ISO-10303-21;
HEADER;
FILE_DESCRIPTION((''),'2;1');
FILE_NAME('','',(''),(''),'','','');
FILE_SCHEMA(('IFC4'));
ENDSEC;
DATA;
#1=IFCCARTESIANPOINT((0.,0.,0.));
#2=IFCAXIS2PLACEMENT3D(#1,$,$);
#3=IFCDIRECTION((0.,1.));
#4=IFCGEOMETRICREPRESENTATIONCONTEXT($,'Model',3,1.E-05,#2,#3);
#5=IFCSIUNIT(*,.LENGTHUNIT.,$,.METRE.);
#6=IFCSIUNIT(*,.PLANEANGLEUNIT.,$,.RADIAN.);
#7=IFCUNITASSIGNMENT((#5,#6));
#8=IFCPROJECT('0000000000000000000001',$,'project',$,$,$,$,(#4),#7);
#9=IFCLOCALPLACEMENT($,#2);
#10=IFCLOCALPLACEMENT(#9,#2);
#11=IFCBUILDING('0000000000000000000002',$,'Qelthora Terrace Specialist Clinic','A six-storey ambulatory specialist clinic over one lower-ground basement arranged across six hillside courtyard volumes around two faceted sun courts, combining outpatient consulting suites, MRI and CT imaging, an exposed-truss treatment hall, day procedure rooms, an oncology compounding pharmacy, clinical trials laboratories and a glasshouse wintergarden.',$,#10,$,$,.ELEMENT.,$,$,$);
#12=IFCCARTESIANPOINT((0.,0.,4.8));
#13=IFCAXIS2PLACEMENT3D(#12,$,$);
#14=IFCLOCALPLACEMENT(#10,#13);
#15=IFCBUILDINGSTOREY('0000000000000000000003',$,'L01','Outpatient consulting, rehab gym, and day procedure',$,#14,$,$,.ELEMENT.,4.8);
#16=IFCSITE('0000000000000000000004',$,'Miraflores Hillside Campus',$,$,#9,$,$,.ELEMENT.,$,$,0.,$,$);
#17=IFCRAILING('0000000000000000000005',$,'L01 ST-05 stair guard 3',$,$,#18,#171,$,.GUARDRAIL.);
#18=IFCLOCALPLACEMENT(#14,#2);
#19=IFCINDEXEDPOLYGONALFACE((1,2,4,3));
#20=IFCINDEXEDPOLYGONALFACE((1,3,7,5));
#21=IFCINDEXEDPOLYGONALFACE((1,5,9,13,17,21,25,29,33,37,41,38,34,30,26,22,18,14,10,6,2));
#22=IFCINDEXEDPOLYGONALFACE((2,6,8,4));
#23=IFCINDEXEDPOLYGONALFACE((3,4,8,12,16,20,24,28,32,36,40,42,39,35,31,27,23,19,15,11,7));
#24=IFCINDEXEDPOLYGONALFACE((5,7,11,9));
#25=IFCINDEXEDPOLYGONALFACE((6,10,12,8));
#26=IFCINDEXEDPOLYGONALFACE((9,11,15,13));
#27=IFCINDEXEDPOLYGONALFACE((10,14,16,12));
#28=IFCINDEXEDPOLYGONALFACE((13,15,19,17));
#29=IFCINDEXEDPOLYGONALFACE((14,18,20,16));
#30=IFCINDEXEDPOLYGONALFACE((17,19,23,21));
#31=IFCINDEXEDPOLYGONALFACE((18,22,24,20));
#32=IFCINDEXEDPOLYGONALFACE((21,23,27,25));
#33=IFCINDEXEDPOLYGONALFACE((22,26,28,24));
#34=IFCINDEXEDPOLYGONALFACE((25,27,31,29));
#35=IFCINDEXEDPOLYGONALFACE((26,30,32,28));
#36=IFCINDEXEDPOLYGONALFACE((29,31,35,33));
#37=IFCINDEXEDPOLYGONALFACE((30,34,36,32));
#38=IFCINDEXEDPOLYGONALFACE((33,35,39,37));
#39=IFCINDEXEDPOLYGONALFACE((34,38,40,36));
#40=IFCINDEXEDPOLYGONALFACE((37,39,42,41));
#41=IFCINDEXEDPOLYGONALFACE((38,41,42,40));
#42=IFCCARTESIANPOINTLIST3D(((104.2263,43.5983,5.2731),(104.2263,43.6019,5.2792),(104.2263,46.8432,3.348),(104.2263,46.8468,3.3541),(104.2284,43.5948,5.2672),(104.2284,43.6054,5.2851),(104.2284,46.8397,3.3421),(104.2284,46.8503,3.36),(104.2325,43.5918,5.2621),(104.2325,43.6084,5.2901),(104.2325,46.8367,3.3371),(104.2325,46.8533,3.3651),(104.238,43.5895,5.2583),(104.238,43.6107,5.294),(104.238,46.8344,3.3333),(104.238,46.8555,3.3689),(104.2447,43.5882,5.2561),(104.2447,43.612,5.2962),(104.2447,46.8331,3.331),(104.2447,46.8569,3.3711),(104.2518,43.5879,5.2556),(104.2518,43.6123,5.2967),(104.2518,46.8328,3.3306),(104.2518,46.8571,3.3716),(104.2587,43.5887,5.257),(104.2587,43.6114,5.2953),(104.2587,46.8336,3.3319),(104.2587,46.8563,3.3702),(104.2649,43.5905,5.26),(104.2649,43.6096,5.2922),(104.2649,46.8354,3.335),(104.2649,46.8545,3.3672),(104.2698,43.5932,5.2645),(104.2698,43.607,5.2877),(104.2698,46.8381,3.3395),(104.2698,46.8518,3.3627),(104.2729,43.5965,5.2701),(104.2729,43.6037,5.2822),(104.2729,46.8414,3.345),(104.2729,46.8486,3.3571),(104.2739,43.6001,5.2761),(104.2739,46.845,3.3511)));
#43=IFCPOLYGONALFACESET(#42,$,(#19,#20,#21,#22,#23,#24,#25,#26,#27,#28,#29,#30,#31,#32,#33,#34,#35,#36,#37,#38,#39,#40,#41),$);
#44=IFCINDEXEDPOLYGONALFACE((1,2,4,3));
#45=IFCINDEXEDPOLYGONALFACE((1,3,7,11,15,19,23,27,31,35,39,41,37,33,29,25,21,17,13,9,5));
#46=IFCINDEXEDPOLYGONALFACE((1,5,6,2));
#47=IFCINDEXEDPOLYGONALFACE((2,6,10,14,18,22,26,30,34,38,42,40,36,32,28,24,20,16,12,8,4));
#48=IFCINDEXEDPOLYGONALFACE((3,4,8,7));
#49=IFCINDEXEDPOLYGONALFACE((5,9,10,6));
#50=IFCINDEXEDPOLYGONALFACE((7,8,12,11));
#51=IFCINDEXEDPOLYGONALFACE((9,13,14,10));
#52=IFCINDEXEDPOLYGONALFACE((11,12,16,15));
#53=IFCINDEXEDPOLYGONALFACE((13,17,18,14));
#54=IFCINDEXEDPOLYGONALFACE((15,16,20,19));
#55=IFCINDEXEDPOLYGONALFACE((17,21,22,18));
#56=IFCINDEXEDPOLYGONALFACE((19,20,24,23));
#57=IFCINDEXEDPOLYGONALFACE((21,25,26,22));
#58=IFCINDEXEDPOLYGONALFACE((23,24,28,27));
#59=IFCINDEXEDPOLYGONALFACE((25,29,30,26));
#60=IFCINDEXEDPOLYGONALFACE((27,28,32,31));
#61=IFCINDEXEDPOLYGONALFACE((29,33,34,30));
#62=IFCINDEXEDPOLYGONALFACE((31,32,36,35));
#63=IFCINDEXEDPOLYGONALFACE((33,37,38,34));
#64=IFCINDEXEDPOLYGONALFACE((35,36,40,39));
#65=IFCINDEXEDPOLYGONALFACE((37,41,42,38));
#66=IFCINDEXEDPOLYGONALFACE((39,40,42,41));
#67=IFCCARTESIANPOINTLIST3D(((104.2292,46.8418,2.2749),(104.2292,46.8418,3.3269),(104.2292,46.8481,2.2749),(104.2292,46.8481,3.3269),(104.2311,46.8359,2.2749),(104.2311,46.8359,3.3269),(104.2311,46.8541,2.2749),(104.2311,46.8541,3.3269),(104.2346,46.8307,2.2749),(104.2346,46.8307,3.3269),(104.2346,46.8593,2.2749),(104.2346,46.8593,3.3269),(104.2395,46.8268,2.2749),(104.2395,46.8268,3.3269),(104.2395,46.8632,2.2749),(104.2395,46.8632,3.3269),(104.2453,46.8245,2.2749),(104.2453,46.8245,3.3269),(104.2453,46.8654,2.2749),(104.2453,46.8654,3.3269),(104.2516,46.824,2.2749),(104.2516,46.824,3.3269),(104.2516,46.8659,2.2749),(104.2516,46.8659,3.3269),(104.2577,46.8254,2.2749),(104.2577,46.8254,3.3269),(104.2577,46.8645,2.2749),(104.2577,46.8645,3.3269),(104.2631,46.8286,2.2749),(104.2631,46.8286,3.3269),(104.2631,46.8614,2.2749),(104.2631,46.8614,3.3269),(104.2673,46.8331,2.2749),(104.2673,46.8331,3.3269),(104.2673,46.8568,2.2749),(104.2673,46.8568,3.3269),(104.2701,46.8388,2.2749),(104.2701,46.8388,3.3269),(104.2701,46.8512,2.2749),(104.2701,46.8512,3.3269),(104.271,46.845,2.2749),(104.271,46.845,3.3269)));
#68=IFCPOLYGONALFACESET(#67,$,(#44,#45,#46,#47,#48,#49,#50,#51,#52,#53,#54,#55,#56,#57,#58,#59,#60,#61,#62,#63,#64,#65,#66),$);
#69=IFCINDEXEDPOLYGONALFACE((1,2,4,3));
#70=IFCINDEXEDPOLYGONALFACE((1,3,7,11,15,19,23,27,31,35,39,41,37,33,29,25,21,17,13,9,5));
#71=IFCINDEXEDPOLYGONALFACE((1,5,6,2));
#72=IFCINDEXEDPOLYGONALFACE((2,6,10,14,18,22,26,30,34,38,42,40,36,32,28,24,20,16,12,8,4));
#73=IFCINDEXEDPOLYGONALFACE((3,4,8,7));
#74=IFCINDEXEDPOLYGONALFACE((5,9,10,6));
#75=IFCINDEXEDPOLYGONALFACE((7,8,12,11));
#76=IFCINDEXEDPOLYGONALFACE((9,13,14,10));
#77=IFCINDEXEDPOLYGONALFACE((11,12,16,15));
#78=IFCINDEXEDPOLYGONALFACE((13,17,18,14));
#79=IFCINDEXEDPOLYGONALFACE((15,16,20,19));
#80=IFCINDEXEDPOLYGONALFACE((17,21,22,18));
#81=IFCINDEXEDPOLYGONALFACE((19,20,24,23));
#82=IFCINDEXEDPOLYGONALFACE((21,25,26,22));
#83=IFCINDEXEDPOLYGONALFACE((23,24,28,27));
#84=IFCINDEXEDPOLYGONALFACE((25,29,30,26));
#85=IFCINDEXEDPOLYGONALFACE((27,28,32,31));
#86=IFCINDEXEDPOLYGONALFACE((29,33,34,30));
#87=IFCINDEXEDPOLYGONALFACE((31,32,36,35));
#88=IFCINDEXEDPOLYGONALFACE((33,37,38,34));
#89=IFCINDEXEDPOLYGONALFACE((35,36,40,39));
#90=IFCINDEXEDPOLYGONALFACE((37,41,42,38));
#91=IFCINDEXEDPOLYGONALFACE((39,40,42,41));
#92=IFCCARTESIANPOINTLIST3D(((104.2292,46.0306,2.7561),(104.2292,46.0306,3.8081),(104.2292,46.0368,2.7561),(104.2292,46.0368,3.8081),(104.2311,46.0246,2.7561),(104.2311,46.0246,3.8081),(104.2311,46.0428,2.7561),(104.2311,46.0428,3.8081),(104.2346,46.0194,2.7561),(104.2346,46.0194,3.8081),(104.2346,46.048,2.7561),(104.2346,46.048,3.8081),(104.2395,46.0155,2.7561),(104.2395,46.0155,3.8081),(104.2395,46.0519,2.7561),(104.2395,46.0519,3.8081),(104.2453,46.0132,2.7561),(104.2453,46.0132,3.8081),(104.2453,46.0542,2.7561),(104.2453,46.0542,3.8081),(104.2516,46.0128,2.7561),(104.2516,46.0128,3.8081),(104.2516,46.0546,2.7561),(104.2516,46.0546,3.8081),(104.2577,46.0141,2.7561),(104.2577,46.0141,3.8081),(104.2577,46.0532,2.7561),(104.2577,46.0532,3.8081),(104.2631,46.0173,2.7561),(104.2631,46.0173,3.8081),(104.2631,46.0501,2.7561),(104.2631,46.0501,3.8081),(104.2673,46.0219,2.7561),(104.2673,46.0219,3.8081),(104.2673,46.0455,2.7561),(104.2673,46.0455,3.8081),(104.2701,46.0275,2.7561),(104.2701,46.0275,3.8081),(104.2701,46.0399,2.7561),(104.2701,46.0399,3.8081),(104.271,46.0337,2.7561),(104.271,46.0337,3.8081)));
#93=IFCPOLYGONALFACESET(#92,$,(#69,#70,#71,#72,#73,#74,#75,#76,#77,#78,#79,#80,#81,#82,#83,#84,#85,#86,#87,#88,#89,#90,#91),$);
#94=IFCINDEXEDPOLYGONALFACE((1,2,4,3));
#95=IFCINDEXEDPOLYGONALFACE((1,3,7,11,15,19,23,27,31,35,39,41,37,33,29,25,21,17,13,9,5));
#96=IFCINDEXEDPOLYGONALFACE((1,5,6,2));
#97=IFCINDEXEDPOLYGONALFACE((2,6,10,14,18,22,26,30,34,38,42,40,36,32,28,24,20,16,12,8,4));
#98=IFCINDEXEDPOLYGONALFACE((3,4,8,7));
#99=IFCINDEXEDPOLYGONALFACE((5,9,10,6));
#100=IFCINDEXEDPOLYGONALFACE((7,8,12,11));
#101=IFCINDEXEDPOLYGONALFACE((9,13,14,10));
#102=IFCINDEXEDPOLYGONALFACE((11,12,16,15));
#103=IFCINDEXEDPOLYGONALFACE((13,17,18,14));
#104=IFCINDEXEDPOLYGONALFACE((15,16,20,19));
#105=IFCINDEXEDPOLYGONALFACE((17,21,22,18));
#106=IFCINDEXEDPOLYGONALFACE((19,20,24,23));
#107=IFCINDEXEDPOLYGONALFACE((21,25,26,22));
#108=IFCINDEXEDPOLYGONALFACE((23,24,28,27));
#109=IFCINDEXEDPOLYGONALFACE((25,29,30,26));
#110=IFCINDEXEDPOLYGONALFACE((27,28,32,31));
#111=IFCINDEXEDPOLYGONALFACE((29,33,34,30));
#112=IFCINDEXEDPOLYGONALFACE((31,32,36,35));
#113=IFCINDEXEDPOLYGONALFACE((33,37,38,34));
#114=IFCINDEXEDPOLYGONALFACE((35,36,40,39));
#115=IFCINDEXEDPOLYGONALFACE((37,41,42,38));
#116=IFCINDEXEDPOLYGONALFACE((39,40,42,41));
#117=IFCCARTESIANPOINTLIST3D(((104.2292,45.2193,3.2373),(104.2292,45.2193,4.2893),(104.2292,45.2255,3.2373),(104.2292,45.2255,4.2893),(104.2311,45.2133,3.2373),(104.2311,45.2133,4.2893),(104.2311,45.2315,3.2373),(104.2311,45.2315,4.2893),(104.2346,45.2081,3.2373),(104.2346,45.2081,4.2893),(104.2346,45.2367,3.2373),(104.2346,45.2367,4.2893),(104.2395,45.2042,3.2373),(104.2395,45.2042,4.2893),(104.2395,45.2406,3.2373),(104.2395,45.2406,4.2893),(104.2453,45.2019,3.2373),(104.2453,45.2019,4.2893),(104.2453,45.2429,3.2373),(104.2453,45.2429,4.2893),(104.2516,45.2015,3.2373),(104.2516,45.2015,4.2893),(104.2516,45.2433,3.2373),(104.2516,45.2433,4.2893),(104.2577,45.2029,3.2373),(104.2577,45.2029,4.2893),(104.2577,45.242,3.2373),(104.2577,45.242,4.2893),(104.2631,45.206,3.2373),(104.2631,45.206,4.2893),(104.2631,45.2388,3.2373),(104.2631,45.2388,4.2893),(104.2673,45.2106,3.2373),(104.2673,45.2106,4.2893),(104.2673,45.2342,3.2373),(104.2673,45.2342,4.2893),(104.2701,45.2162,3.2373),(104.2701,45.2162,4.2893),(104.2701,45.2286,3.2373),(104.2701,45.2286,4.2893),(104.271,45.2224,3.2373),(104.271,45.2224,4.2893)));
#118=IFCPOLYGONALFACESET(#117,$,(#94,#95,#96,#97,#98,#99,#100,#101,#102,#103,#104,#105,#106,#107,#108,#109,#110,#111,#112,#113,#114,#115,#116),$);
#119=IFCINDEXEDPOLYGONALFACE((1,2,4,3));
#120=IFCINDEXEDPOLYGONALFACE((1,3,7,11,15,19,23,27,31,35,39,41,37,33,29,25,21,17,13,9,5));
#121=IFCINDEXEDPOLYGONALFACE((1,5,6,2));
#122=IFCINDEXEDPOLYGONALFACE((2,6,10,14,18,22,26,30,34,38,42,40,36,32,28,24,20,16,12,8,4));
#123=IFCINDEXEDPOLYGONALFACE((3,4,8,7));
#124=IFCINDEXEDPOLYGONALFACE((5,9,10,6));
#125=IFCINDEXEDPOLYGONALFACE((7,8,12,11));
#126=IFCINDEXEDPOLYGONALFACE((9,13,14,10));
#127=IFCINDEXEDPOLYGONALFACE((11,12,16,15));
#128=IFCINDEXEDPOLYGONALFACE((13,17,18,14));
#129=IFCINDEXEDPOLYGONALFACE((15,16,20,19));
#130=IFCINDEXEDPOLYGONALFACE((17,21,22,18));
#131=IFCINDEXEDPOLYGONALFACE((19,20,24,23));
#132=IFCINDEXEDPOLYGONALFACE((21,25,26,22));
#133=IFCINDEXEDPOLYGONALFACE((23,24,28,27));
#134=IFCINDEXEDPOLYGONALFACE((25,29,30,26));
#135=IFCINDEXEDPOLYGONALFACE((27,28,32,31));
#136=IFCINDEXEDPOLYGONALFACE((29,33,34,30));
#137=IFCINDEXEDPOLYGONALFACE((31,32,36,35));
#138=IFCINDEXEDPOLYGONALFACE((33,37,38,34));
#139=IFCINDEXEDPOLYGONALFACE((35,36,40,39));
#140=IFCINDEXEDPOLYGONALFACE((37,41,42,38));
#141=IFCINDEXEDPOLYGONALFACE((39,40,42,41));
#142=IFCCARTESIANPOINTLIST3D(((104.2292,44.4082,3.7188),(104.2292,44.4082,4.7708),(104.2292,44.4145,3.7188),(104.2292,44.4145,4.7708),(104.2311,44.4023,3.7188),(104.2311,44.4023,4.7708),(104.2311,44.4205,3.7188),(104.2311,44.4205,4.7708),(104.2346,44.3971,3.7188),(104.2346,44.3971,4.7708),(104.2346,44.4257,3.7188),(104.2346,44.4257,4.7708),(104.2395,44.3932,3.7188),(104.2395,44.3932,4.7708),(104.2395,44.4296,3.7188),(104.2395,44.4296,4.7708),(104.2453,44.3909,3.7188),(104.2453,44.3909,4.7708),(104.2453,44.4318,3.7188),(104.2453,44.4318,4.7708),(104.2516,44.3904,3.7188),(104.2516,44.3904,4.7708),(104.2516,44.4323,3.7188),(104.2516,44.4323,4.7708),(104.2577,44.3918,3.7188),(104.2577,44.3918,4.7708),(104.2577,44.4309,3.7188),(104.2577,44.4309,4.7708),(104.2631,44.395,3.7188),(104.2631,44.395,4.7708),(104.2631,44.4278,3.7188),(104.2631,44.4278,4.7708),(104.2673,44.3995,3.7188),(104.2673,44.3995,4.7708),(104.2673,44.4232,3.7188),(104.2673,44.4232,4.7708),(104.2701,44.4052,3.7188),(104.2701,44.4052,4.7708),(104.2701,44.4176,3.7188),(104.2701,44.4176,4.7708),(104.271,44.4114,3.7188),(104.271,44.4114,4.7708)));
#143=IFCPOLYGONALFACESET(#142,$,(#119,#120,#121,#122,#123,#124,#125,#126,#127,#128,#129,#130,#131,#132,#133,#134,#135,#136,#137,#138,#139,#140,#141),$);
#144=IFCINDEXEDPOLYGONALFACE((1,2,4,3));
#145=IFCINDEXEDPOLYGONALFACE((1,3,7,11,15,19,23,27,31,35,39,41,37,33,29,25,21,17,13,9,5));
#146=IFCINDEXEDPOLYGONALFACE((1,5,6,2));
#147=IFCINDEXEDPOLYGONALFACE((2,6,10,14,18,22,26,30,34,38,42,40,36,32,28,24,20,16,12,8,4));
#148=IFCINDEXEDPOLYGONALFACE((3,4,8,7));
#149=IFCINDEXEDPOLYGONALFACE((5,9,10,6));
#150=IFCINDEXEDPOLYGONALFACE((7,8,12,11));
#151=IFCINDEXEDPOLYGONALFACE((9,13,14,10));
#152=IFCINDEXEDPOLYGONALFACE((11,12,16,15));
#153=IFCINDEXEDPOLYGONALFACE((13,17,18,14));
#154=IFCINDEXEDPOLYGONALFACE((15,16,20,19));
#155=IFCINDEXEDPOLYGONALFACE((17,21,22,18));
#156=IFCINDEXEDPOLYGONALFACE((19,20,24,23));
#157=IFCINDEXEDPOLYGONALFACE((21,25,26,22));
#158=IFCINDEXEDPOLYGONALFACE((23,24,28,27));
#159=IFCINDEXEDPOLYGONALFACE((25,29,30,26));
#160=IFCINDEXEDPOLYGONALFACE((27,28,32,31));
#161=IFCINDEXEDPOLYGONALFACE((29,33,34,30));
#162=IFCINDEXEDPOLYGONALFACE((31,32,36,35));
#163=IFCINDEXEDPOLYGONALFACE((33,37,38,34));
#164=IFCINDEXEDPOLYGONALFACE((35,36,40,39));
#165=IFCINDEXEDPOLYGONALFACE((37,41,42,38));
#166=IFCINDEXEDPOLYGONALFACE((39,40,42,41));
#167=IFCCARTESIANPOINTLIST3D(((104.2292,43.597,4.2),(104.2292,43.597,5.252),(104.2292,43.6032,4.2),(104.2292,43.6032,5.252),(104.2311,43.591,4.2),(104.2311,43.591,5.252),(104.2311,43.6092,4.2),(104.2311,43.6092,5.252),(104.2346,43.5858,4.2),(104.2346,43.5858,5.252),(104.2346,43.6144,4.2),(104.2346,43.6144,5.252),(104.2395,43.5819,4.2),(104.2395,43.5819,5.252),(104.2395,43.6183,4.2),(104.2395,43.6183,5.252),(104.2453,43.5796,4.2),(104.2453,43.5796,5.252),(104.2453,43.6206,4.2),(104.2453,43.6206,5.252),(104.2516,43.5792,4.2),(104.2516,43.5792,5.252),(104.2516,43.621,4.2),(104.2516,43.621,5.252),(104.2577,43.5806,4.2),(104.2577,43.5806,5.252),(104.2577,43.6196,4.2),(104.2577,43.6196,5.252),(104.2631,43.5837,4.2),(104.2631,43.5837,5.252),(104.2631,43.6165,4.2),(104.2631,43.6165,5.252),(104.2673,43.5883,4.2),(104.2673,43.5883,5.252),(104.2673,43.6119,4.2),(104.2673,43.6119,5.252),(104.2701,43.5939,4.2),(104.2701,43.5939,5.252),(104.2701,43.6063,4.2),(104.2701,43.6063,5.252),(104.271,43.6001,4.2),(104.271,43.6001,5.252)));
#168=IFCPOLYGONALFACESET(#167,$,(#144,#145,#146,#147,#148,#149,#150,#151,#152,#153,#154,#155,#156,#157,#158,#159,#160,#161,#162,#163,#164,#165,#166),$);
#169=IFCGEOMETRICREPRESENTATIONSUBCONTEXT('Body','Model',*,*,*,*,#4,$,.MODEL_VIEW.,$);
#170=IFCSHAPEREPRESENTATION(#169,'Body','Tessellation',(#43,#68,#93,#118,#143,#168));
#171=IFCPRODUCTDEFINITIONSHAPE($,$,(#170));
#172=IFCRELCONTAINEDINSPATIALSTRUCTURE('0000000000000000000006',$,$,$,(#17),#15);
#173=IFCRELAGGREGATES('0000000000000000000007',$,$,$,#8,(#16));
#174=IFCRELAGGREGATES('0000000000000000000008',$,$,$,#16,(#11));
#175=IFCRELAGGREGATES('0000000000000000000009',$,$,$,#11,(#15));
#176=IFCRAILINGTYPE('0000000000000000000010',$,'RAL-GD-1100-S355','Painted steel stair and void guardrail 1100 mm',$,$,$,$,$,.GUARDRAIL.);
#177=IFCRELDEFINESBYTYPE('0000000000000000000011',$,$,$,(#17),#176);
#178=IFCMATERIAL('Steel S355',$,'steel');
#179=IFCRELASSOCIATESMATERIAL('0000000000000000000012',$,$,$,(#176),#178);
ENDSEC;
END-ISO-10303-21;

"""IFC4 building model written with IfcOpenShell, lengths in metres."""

from ifc_helpers import new_model, si_unit, direction, frame, origin, origin_2d, place, context, subcontext, project, spatial, circle, extrude, material, type_object, element, save


model = new_model("IFC4")

# Units and contexts
model_context = context("Model", 3, precision=1e-05, world=origin(), true_north=direction((0.0, 1.0)))
body_context = subcontext(model_context, "Body", "Model", "MODEL_VIEW")
ifc_project = project(units=[si_unit("LENGTHUNIT", "METRE"), si_unit("PLANEANGLEUNIT", "RADIAN")], contexts=[model_context])

# Site, building, storey
site_placement = place(None, origin())
site = spatial("IfcSite", under=ifc_project, at=site_placement, Name="Miraflores Hillside Campus", CompositionType="ELEMENT", RefElevation=0.0)
building_placement = place(site_placement, origin())
building = spatial("IfcBuilding", under=site, at=building_placement, Name="Qelthora Terrace Specialist Clinic", Description="A six-storey ambulatory specialist clinic over one lower-ground basement arranged across six hillside courtyard volumes around two faceted sun courts, combining outpatient consulting suites, MRI and CT imaging, an exposed-truss treatment hall, day procedure rooms, an oncology compounding pharmacy, clinical trials laboratories and a glasshouse wintergarden.", CompositionType="ELEMENT")
storey_placement = place(building_placement, frame((0.0, 0.0, 4.8)))
storey = spatial("IfcBuildingStorey", under=building, at=storey_placement, Name="L01", Description="Outpatient consulting, rehab gym, and day procedure", CompositionType="ELEMENT", Elevation=4.8)

# Shared definitions
ifc_material_1 = material(Name="Steel S355", Category="steel")

# Railing
railing_type_1 = type_object("IfcRailingType", Name="RAL-GD-1100-S355", Description="Painted steel stair and void guardrail 1100 mm", PredefinedType="GUARDRAIL", material=ifc_material_1)
railing_1_placement = place(storey_placement, frame((104.25, 46.845, 2.2749)))
element("IfcRailing", 1, at=railing_1_placement, inside=storey, type_object=railing_type_1, Name="L01 ST-05 stair guard 3", PredefinedType="GUARDRAIL", context=body_context, shape_type="SweptSolid", body=[
    extrude(circle(Radius=0.0239, at=origin_2d()), frame((0.0, 0.0, 1.0762), z_axis=(0.0, -0.86004, 0.510226), x_axis=(1.0, 0.0, 0.0)), (0.0, 0.0, 1.0), 3.7729),
    extrude(circle(Radius=0.021, at=origin_2d()), origin(), (0.0, 0.0, 1.0), 1.052),
    extrude(circle(Radius=0.021, at=origin_2d()), frame((0.0, -0.8113, 0.4812)), (0.0, 0.0, 1.0), 1.052),
    extrude(circle(Radius=0.021, at=origin_2d()), frame((0.0, -1.6226, 0.9624)), (0.0, 0.0, 1.0), 1.052),
    extrude(circle(Radius=0.021, at=origin_2d()), frame((0.0, -2.4336, 1.4438)), (0.0, 0.0, 1.0), 1.052),
    extrude(circle(Radius=0.021, at=origin_2d()), frame((0.0, -3.2449, 1.925)), (0.0, 0.0, 1.0), 1.052),
])

save(model, "model.ifc")
